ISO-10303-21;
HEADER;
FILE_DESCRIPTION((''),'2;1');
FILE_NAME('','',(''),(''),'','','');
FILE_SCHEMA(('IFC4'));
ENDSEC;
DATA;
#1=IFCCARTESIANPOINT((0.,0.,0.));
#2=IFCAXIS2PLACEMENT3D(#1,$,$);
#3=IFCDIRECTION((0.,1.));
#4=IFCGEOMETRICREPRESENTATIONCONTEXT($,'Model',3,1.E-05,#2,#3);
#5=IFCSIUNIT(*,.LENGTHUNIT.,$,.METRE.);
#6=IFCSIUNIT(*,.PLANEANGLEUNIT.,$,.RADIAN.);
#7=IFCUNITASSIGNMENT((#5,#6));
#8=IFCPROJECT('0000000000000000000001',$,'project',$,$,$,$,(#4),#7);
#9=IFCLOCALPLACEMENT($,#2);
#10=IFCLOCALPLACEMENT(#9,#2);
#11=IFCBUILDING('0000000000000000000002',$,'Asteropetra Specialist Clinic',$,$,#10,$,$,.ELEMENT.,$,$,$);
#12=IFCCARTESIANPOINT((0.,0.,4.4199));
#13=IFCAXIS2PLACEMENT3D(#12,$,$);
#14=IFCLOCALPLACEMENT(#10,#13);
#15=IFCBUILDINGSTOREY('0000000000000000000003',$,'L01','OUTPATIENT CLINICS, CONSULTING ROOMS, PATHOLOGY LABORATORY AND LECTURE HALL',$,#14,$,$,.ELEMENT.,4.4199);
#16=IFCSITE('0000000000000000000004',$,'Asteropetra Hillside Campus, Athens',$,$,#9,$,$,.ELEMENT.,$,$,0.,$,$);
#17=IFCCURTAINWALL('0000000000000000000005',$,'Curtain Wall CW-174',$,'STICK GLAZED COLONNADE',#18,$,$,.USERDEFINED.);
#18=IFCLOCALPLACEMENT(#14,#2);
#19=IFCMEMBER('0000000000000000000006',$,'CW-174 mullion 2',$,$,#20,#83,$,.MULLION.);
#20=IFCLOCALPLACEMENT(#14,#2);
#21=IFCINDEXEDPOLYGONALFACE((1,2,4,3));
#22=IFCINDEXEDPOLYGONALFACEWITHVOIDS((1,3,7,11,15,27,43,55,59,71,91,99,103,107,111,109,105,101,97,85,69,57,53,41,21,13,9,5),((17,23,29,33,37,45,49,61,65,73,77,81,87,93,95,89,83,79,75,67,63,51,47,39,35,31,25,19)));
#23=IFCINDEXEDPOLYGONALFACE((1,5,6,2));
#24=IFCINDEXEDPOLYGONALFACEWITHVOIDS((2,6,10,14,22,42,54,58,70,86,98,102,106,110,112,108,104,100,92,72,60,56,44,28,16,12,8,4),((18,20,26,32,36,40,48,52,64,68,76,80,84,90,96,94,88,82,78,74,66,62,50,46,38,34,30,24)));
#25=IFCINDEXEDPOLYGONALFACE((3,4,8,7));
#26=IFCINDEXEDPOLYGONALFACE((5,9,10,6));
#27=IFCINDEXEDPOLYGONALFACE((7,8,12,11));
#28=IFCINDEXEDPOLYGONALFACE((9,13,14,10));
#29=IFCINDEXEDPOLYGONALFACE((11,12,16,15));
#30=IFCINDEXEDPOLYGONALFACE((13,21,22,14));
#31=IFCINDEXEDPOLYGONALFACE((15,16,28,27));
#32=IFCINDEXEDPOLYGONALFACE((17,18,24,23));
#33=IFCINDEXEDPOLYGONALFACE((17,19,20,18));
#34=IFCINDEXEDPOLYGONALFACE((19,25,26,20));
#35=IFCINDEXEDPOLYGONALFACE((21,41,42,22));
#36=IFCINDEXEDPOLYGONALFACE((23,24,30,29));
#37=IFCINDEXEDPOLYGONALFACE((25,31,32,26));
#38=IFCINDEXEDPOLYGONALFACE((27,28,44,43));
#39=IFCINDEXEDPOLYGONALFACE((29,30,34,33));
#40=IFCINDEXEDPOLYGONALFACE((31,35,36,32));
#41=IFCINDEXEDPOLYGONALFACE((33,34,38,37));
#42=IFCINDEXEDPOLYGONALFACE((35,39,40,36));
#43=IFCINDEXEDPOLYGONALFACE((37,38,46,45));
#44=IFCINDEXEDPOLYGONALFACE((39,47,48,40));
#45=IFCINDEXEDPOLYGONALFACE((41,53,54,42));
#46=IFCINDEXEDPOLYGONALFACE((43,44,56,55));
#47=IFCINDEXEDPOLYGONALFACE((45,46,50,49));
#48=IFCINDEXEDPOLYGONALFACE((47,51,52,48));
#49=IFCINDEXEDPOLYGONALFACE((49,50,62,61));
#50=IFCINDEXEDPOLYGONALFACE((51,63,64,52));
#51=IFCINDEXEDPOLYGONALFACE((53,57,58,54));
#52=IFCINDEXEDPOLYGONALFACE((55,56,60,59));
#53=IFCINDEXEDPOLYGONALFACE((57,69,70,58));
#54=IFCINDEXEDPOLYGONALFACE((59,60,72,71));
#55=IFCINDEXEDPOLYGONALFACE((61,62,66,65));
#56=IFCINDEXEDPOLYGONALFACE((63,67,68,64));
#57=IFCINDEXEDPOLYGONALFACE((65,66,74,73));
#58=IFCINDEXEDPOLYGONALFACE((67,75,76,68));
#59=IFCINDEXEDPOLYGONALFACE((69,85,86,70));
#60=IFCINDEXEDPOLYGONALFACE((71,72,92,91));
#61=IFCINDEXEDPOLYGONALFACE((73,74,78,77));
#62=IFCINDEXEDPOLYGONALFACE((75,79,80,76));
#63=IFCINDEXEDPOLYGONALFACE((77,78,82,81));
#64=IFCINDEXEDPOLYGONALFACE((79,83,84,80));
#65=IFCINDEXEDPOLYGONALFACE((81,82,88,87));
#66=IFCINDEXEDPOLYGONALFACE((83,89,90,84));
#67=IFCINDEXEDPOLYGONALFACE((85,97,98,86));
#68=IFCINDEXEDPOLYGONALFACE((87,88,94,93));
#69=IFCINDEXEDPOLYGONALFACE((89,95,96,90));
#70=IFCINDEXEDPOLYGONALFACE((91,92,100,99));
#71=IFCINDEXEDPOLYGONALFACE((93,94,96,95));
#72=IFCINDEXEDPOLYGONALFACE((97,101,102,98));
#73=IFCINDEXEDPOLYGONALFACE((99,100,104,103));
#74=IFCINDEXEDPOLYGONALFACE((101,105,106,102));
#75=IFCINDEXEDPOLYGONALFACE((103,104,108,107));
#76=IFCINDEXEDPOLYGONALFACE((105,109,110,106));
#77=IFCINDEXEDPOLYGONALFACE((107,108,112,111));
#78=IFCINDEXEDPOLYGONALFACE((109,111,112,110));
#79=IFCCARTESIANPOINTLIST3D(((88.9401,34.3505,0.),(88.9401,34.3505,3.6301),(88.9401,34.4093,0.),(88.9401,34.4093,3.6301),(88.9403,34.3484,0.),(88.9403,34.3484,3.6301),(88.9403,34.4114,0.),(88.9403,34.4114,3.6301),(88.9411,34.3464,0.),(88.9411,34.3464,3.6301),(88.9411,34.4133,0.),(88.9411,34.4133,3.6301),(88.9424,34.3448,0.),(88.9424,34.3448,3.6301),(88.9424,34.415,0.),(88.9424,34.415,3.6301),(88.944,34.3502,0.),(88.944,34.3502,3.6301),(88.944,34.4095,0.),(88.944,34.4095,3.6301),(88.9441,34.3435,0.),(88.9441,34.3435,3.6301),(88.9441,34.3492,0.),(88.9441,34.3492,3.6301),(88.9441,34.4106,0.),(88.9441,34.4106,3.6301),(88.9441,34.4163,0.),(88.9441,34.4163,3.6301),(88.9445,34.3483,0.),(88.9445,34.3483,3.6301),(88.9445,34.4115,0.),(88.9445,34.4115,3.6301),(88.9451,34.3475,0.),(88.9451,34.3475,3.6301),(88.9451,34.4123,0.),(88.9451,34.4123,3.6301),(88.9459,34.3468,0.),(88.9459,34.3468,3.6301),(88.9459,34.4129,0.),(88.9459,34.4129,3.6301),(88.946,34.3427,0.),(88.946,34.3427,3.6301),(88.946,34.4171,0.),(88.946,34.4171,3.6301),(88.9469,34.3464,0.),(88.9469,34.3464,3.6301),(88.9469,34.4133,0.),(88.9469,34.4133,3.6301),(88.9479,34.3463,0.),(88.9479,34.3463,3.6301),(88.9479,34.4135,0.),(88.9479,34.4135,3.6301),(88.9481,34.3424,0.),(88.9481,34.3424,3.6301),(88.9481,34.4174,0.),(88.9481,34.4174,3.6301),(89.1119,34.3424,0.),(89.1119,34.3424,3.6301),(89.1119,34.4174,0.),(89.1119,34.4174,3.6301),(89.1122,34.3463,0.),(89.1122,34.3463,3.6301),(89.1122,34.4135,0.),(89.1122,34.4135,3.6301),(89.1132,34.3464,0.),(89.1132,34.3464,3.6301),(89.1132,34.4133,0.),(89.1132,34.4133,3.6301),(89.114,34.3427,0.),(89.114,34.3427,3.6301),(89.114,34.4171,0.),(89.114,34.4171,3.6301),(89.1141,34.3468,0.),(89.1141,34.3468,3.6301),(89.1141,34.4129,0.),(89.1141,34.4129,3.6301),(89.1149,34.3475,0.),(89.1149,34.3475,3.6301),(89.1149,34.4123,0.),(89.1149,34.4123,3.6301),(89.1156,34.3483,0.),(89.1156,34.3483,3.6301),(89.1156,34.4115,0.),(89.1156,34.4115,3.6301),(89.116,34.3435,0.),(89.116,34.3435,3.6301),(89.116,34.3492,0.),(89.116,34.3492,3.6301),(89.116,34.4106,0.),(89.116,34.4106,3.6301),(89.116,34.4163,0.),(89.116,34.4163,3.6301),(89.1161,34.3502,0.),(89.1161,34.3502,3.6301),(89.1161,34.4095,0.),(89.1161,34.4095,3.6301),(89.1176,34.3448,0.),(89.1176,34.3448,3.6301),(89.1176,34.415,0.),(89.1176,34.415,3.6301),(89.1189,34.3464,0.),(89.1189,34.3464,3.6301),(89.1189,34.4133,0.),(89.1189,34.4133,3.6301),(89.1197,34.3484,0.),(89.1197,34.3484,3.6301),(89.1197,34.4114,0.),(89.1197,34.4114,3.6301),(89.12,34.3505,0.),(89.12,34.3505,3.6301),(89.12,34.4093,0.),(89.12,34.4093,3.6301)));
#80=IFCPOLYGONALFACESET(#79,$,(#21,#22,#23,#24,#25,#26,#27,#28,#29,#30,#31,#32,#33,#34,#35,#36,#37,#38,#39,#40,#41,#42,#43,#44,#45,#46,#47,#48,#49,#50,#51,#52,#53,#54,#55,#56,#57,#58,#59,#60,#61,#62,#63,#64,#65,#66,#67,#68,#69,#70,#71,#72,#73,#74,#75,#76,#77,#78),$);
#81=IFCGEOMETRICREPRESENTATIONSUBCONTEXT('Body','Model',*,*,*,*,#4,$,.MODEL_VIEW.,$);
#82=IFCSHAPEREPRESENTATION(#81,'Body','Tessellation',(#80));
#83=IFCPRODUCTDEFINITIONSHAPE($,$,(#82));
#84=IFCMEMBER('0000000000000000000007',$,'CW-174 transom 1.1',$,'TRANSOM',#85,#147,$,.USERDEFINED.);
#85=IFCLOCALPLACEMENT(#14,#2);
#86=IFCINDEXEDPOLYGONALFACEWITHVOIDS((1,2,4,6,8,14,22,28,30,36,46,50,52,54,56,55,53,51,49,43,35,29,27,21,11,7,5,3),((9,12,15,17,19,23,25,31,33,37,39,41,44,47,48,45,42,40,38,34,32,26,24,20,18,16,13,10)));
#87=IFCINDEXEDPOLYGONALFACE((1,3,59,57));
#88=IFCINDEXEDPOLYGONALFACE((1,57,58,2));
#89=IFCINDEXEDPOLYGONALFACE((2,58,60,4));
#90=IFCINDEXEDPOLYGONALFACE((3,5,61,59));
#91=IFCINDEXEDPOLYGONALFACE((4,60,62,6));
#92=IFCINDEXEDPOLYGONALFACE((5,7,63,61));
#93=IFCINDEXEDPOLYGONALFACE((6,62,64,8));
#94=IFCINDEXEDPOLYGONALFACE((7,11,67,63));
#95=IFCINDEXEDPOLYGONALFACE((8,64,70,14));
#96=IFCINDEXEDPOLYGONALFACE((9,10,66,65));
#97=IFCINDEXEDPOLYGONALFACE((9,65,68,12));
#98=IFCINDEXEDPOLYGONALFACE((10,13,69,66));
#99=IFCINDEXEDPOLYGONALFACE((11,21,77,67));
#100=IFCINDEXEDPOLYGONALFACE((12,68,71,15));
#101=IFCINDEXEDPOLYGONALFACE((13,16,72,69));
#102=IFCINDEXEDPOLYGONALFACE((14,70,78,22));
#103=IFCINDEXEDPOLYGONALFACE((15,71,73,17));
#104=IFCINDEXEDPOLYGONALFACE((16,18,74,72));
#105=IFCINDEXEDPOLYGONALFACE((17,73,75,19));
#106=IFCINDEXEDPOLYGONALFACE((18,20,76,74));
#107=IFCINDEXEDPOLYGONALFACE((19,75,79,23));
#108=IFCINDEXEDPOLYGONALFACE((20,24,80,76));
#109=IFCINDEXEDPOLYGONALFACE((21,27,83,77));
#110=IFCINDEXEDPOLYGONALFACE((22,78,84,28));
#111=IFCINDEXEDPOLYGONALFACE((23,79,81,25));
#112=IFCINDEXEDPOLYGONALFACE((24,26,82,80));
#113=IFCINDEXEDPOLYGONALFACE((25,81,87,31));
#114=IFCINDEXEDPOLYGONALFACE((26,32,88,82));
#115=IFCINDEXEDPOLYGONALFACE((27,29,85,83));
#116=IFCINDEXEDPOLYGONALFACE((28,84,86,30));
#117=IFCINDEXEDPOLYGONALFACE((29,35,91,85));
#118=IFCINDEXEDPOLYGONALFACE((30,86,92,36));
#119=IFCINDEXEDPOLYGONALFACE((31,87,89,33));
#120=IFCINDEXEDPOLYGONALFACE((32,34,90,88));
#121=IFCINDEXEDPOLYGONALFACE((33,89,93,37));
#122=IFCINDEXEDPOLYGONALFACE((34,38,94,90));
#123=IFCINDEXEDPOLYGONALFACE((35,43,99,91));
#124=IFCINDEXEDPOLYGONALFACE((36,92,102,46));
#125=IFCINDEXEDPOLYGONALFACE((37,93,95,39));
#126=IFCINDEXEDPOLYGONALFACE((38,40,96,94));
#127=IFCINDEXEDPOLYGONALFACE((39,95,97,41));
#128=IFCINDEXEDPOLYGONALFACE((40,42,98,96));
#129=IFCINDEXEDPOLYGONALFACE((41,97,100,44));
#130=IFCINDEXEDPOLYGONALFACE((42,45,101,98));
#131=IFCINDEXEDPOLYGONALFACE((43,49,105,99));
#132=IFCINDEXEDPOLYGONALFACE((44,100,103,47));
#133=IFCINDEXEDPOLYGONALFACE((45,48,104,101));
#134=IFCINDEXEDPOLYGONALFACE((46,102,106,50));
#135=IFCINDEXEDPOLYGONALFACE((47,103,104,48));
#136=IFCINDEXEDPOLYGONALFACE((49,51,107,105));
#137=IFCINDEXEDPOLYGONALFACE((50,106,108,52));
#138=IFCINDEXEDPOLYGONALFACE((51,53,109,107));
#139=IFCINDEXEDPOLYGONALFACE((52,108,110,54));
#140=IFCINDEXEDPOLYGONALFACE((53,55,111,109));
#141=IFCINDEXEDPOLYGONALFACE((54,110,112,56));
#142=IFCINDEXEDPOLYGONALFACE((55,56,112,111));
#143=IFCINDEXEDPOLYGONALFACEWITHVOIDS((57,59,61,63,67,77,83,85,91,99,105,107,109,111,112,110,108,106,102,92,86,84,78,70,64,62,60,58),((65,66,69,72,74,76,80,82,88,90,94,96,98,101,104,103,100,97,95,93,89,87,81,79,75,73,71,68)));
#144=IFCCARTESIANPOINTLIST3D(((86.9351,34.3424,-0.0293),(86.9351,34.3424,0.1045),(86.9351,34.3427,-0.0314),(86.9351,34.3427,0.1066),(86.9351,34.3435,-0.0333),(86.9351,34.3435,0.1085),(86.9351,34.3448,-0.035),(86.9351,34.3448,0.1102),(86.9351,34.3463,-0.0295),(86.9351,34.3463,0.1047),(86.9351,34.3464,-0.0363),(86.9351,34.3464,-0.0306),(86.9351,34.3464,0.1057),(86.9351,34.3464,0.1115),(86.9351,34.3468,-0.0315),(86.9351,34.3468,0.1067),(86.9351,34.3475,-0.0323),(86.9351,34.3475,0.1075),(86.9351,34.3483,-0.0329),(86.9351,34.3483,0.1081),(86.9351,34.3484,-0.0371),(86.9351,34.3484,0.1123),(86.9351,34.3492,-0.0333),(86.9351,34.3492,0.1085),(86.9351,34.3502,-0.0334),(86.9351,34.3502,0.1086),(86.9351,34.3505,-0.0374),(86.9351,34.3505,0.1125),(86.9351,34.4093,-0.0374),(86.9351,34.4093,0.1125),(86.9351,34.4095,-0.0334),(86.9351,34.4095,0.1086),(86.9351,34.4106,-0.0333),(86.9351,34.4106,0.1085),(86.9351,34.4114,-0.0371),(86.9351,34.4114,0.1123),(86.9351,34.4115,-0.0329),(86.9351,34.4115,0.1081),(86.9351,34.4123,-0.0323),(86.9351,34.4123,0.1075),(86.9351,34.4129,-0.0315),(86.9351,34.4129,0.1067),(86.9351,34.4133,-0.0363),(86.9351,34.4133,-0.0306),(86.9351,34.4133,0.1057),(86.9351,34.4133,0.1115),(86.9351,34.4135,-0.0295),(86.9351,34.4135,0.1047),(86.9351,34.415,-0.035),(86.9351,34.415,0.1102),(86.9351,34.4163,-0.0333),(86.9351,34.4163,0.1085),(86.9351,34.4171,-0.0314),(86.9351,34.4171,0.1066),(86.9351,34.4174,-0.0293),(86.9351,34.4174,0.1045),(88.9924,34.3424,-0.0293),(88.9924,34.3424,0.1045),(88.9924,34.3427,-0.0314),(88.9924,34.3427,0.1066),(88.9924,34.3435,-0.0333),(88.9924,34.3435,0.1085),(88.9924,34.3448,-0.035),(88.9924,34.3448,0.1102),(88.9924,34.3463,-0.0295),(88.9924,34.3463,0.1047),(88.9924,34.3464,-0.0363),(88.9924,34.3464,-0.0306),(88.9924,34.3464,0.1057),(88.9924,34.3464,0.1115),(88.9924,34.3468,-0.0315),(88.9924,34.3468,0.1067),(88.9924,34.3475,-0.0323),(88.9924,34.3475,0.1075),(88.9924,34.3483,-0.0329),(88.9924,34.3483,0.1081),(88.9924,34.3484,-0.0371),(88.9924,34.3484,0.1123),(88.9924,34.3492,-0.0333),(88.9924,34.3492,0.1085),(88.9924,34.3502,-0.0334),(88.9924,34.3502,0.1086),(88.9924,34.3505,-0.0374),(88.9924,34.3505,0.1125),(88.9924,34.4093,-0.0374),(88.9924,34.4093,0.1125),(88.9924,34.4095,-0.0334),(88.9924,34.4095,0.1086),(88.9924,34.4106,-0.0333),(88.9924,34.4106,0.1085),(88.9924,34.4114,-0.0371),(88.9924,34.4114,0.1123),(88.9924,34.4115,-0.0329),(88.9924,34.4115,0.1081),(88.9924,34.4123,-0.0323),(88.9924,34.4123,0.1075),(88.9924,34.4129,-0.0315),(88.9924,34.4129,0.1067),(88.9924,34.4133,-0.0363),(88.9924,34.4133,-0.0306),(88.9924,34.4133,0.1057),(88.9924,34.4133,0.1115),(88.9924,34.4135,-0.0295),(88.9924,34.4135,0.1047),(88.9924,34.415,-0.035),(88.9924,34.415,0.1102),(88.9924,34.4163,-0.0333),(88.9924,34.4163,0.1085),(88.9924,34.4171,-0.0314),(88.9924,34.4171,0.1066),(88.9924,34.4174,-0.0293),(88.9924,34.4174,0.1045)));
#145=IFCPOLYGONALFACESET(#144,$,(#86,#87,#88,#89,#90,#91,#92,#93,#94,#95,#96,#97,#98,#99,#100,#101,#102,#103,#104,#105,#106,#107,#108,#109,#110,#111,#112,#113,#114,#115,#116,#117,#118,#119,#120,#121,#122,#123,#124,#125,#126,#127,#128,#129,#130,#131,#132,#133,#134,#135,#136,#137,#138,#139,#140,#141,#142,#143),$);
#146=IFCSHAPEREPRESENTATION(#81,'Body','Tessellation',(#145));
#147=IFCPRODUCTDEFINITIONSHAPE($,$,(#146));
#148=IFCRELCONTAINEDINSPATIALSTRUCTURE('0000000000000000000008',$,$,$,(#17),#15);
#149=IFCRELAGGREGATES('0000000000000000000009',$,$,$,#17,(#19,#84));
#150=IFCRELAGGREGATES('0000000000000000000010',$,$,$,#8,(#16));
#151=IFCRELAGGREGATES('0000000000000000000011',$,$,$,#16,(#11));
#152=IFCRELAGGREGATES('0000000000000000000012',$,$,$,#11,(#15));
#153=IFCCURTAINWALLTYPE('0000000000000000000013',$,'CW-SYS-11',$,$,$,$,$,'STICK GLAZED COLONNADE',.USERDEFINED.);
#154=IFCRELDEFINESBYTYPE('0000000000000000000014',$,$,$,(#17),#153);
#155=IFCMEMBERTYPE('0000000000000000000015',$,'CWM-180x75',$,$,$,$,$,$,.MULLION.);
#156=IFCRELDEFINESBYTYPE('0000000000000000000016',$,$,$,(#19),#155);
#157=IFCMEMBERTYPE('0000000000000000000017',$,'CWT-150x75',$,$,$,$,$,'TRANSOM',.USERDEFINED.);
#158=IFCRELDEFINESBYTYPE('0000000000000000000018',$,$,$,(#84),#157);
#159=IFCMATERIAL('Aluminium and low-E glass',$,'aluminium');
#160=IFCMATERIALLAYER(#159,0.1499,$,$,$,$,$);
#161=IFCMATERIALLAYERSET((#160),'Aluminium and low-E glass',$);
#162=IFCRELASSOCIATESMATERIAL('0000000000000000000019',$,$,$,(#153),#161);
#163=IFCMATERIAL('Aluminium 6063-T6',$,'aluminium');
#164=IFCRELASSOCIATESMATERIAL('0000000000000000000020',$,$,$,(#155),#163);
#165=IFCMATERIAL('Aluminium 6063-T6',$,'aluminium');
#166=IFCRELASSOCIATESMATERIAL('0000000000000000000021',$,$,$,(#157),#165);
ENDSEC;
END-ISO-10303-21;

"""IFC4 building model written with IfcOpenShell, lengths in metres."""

from ifc_helpers import new_model, si_unit, direction, frame, origin, origin_2d, place, context, subcontext, project, spatial, hollow_rectangle, extrude, material, layer, layer_set, material_profile, profile_set, type_object, element, aggregate, save


model = new_model("IFC4")

# Units and contexts
model_context = context("Model", 3, precision=1e-05, world=origin(), true_north=direction((0.0, 1.0)))
body_context = subcontext(model_context, "Body", "Model", "MODEL_VIEW")
ifc_project = project(units=[si_unit("LENGTHUNIT", "METRE"), si_unit("PLANEANGLEUNIT", "RADIAN")], contexts=[model_context])

# Site, building, storey
site_placement = place(None, origin())
site = spatial("IfcSite", under=ifc_project, at=site_placement, Name="Asteropetra Hillside Campus, Athens", CompositionType="ELEMENT", RefElevation=0.0)
building_placement = place(site_placement, origin())
building = spatial("IfcBuilding", under=site, at=building_placement, Name="Asteropetra Specialist Clinic", CompositionType="ELEMENT")
storey_placement = place(building_placement, frame((0.0, 0.0, 4.4199)))
storey = spatial("IfcBuildingStorey", under=building, at=storey_placement, Name="L01", Description="OUTPATIENT CLINICS, CONSULTING ROOMS, PATHOLOGY LABORATORY AND LECTURE HALL", CompositionType="ELEMENT", Elevation=4.4199)

# Curtain wall, members
ifc_material_1 = material(Name="Aluminium and low-E glass", Category="aluminium")
ifc_layer_1 = layer(ifc_material_1, 0.1499)
ifc_layer_set_1 = layer_set([ifc_layer_1], Name="Aluminium and low-E glass")
curtain_wall_type = type_object("IfcCurtainWallType", Name="CW-SYS-11", ElementType="STICK GLAZED COLONNADE", PredefinedType="USERDEFINED", material=ifc_layer_set_1)
curtain_wall_placement = place(storey_placement, origin())
curtain_wall = element("IfcCurtainWall", 1, at=curtain_wall_placement, inside=storey, type_object=curtain_wall_type, Name="Curtain Wall CW-174", ObjectType="STICK GLAZED COLONNADE", PredefinedType="USERDEFINED")
ifc_material_2 = material(Name="Aluminium 6063-T6", Category="aluminium")
ifc_material_profile_1 = material_profile(ifc_material_2, hollow_rectangle(XDim=0.075, YDim=0.1799, WallThickness=0.0039, InnerFilletRadius=0.0039, OuterFilletRadius=0.0081, at=origin_2d()), Name="MUL 180x75x4.0")
ifc_profile_set_1 = profile_set([ifc_material_profile_1], Name="Aluminium 6063-T6")
member_type_1 = type_object("IfcMemberType", Name="CWM-180x75", PredefinedType="MULLION", material=ifc_profile_set_1)
member_1_placement = place(storey_placement, frame((89.03, 34.3799, 0.0), z_axis=(0.0, 0.0, 1.0), x_axis=(0.0, 1.0, 0.0)))
member_1 = element("IfcMember", 2, at=member_1_placement, type_object=member_type_1, Name="CW-174 mullion 2", PredefinedType="MULLION", context=body_context, shape_type="SweptSolid", body=[
    extrude(hollow_rectangle(XDim=0.075, YDim=0.1799, WallThickness=0.0039, InnerFilletRadius=0.0039, OuterFilletRadius=0.0081, at=origin_2d()), origin(), (0.0, 0.0, 1.0), 3.6301),
])
ifc_material_3 = material(Name="Aluminium 6063-T6", Category="aluminium")
ifc_material_profile_2 = material_profile(ifc_material_3, hollow_rectangle(XDim=0.075, YDim=0.1499, WallThickness=0.0039, InnerFilletRadius=0.0039, OuterFilletRadius=0.0081, at=origin_2d()), Name="TRN 150x75x4.0")
ifc_profile_set_2 = profile_set([ifc_material_profile_2], Name="Aluminium 6063-T6")
member_type_2 = type_object("IfcMemberType", Name="CWT-150x75", ElementType="TRANSOM", PredefinedType="USERDEFINED", material=ifc_profile_set_2)
member_2_placement = place(storey_placement, frame((86.9351, 34.3799, 0.0376), z_axis=(1.0, 0.0, 0.0), x_axis=(0.0, 1.0, 0.0)))
member_2 = element("IfcMember", 3, at=member_2_placement, type_object=member_type_2, Name="CW-174 transom 1.1", ObjectType="TRANSOM", PredefinedType="USERDEFINED", context=body_context, shape_type="SweptSolid", body=[
    extrude(hollow_rectangle(XDim=0.075, YDim=0.1499, WallThickness=0.0039, InnerFilletRadius=0.0039, OuterFilletRadius=0.0081, at=origin_2d()), origin(), (0.0, 0.0, 1.0), 2.0574),
])

aggregate(curtain_wall, [member_1, member_2])

save(model, "model.ifc")
